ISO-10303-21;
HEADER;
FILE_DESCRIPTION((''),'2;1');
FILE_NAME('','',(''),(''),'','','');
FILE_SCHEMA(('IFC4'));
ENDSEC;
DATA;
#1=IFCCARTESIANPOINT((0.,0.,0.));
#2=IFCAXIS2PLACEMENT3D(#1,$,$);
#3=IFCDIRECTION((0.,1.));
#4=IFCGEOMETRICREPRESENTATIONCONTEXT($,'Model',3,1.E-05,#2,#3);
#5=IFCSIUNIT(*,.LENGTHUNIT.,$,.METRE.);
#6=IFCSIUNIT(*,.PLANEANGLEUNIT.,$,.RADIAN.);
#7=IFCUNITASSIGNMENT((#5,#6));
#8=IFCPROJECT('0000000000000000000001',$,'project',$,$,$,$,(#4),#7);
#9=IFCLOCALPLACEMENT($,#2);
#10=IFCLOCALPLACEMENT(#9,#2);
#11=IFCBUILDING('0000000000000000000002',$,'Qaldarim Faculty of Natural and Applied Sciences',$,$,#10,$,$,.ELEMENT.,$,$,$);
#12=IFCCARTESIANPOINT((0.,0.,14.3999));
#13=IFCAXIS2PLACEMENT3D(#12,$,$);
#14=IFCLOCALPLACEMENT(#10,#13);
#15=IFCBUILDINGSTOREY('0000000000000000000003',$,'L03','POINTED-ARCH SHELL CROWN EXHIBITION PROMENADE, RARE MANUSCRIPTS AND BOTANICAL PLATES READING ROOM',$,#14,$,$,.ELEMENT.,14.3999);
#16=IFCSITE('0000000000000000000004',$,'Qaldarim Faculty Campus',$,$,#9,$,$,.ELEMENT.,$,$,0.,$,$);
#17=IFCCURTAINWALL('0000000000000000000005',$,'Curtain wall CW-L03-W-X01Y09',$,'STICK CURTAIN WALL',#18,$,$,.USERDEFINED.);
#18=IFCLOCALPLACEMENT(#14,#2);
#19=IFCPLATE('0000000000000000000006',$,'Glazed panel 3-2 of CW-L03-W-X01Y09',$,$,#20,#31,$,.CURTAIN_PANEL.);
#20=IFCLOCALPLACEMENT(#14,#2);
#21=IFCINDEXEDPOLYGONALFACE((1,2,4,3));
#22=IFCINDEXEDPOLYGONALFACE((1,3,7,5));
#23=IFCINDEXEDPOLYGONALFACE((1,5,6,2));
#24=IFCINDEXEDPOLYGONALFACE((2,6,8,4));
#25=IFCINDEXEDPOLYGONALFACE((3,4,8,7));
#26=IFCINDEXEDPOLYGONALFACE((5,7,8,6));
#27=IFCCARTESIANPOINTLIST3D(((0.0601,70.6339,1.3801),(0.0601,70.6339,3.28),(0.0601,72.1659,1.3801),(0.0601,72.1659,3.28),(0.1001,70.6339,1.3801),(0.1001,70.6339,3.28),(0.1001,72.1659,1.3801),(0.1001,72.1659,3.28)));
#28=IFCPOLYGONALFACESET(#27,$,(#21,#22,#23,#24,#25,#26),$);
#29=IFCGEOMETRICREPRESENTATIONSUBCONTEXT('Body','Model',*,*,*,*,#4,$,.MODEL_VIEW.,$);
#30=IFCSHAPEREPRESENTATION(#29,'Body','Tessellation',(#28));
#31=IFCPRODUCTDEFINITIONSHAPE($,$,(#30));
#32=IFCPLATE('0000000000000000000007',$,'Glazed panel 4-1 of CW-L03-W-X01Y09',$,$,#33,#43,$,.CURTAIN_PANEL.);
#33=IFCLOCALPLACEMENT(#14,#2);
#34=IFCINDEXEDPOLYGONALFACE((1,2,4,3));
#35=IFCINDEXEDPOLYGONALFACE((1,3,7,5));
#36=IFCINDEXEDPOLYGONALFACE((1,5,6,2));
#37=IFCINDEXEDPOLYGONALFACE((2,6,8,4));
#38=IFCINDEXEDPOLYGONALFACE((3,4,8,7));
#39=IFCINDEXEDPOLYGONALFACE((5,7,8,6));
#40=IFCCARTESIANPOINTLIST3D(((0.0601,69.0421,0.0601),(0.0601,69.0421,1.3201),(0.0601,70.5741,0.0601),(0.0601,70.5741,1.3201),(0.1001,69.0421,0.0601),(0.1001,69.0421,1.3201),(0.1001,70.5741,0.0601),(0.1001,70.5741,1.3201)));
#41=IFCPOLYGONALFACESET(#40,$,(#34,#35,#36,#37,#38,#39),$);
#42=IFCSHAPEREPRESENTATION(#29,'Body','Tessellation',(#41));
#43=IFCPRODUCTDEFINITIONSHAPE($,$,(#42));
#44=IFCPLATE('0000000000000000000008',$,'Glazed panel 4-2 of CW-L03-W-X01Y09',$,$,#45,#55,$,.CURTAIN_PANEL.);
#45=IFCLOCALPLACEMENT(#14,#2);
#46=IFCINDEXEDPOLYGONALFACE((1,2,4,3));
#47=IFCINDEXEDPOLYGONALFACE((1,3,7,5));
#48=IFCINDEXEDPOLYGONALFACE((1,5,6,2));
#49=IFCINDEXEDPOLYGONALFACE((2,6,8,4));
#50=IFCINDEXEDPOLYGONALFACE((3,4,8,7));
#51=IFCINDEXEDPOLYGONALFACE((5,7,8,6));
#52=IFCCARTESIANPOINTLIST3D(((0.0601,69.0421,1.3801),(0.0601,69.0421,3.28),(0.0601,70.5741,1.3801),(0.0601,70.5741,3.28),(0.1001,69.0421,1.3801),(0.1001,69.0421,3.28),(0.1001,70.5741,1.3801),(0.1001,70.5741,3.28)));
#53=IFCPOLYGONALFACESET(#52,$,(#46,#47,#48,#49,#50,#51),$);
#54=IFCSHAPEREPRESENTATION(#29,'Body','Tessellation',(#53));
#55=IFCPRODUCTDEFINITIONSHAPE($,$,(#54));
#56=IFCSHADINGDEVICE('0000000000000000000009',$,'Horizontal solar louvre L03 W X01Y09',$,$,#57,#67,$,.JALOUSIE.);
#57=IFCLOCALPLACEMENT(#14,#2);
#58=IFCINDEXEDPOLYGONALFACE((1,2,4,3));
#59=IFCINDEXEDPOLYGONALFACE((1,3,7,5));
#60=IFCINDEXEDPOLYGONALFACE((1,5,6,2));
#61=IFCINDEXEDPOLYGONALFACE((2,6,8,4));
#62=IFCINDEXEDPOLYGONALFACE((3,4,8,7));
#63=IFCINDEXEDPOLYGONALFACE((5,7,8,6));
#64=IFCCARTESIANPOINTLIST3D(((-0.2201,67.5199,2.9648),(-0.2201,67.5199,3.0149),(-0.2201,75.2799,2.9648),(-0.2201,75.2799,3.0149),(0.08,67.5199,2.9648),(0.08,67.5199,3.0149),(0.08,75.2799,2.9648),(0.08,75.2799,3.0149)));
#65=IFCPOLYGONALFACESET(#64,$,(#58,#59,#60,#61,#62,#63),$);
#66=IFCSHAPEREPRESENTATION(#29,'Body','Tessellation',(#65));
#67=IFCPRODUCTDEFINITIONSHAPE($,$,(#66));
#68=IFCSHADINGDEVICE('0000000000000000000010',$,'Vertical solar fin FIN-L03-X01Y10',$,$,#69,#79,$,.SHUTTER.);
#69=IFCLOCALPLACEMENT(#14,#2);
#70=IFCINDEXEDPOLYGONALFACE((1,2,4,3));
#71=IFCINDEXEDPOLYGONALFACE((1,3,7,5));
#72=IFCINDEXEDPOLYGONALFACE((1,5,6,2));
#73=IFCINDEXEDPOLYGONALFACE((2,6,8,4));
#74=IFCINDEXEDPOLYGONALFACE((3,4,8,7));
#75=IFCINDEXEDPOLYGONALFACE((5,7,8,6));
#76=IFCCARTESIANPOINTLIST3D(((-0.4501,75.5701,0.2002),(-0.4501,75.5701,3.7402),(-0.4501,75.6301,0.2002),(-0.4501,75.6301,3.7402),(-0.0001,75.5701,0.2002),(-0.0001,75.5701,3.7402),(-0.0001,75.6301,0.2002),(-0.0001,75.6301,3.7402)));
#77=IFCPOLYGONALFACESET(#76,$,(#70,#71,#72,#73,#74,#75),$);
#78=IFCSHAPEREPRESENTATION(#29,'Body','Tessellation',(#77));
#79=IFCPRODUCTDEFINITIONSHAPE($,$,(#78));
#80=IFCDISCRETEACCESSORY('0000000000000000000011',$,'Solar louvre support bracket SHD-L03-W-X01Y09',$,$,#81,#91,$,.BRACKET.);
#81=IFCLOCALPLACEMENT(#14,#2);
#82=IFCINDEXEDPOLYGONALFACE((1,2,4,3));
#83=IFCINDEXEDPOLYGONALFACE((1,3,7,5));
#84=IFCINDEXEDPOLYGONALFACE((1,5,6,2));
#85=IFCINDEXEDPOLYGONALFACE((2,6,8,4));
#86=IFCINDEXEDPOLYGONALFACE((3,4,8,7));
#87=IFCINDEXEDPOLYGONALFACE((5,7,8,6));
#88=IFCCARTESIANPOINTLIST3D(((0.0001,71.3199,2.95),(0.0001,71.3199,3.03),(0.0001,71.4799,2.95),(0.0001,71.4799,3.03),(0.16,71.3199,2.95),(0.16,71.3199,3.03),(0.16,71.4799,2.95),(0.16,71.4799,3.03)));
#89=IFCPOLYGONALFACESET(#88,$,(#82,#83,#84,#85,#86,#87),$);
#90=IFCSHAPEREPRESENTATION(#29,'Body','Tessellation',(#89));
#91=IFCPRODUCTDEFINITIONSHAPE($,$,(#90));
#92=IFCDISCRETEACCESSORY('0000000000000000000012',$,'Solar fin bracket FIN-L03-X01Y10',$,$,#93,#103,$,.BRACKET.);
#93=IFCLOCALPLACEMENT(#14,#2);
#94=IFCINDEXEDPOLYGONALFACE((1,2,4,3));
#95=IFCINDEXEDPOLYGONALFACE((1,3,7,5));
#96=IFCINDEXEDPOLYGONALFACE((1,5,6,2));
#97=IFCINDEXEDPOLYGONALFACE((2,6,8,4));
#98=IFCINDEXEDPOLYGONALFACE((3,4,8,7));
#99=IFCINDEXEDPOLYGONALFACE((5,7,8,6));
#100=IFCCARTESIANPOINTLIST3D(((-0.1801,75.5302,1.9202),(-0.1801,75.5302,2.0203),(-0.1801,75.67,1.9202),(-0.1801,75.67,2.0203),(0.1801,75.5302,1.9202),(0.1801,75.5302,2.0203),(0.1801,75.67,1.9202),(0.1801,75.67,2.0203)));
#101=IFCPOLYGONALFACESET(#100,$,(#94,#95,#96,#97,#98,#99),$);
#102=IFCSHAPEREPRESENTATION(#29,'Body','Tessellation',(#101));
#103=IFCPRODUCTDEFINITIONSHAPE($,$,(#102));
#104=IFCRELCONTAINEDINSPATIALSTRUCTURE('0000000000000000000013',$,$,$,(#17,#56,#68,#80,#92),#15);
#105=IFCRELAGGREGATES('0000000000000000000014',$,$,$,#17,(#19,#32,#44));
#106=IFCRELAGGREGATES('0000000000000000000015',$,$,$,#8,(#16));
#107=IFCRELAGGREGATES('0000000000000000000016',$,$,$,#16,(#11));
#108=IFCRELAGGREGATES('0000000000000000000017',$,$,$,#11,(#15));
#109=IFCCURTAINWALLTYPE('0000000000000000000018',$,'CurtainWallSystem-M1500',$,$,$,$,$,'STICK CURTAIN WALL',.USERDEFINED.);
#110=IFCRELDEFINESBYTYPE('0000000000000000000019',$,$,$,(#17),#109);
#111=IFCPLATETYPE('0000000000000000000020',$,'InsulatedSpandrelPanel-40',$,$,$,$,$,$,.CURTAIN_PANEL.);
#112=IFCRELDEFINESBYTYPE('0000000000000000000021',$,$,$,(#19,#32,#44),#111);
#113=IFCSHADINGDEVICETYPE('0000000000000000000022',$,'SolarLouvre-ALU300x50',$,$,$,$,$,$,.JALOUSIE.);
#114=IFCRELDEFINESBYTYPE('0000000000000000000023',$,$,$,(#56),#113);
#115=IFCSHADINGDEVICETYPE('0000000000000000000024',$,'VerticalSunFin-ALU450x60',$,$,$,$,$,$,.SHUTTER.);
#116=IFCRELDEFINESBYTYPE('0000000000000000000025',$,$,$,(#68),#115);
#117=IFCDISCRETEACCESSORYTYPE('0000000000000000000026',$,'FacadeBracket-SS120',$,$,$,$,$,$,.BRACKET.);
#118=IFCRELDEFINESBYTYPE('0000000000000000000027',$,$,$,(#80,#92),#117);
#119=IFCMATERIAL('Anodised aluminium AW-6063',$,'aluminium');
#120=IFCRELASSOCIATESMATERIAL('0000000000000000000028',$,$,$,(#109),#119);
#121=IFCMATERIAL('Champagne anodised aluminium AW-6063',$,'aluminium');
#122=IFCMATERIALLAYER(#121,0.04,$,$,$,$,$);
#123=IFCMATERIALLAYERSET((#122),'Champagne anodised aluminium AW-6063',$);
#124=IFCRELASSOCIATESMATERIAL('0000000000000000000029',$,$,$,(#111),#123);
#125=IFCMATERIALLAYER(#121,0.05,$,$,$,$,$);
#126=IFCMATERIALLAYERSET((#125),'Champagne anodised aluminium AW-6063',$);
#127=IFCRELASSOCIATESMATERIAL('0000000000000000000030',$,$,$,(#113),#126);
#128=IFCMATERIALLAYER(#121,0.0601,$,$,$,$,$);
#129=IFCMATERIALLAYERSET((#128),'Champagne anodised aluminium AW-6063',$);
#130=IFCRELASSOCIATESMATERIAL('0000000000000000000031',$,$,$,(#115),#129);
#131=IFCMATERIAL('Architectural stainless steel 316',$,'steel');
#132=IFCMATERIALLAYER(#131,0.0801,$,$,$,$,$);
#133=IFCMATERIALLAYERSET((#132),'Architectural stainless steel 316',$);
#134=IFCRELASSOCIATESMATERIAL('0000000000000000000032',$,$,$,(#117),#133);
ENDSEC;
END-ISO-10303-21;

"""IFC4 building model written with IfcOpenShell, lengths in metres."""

from ifc_helpers import new_model, si_unit, direction, frame, origin, origin_2d, place, context, subcontext, project, spatial, rectangle, extrude, material, layer, layer_set, type_object, element, aggregate, save


model = new_model("IFC4")

# Units and contexts
model_context = context("Model", 3, precision=1e-05, world=origin(), true_north=direction((0.0, 1.0)))
body_context = subcontext(model_context, "Body", "Model", "MODEL_VIEW")
ifc_project = project(units=[si_unit("LENGTHUNIT", "METRE"), si_unit("PLANEANGLEUNIT", "RADIAN")], contexts=[model_context])

# Site, building, storey
site_placement = place(None, origin())
site = spatial("IfcSite", under=ifc_project, at=site_placement, Name="Qaldarim Faculty Campus", CompositionType="ELEMENT", RefElevation=0.0)
building_placement = place(site_placement, origin())
building = spatial("IfcBuilding", under=site, at=building_placement, Name="Qaldarim Faculty of Natural and Applied Sciences", CompositionType="ELEMENT")
storey_placement = place(building_placement, frame((0.0, 0.0, 14.3999)))
storey = spatial("IfcBuildingStorey", under=building, at=storey_placement, Name="L03", Description="POINTED-ARCH SHELL CROWN EXHIBITION PROMENADE, RARE MANUSCRIPTS AND BOTANICAL PLATES READING ROOM", CompositionType="ELEMENT", Elevation=14.3999)

# Curtain wall
ifc_material_1 = material(Name="Anodised aluminium AW-6063", Category="aluminium")
curtain_wall_type = type_object("IfcCurtainWallType", Name="CurtainWallSystem-M1500", ElementType="STICK CURTAIN WALL", PredefinedType="USERDEFINED", material=ifc_material_1)
curtain_wall_placement = place(storey_placement, origin())
curtain_wall = element("IfcCurtainWall", 1, at=curtain_wall_placement, inside=storey, type_object=curtain_wall_type, Name="Curtain wall CW-L03-W-X01Y09", ObjectType="STICK CURTAIN WALL", PredefinedType="USERDEFINED")

# Plates
ifc_material_2 = material(Name="Champagne anodised aluminium AW-6063", Category="aluminium")
ifc_layer_1 = layer(ifc_material_2, 0.04)
ifc_layer_set_1 = layer_set([ifc_layer_1], Name="Champagne anodised aluminium AW-6063")
plate_type = type_object("IfcPlateType", Name="InsulatedSpandrelPanel-40", PredefinedType="CURTAIN_PANEL", material=ifc_layer_set_1)
plate_1_placement = place(storey_placement, frame((0.0801, 71.3999, 1.3801), z_axis=(0.0, 0.0, 1.0), x_axis=(0.0, -1.0, 0.0)))
plate_1 = element("IfcPlate", 2, at=plate_1_placement, type_object=plate_type, Name="Glazed panel 3-2 of CW-L03-W-X01Y09", PredefinedType="CURTAIN_PANEL", context=body_context, shape_type="SweptSolid", body=[
    extrude(rectangle(XDim=1.532, YDim=0.04, at=origin_2d()), origin(), (0.0, 0.0, 1.0), 1.8999),
])
plate_2_placement = place(storey_placement, frame((0.0801, 69.8081, 0.0601), z_axis=(0.0, 0.0, 1.0), x_axis=(0.0, -1.0, 0.0)))
plate_2 = element("IfcPlate", 3, at=plate_2_placement, type_object=plate_type, Name="Glazed panel 4-1 of CW-L03-W-X01Y09", PredefinedType="CURTAIN_PANEL", context=body_context, shape_type="SweptSolid", body=[
    extrude(rectangle(XDim=1.532, YDim=0.04, at=origin_2d()), origin(), (0.0, 0.0, 1.0), 1.26),
])
plate_3_placement = place(storey_placement, frame((0.0801, 69.8081, 1.3801), z_axis=(0.0, 0.0, 1.0), x_axis=(0.0, -1.0, 0.0)))
plate_3 = element("IfcPlate", 4, at=plate_3_placement, type_object=plate_type, Name="Glazed panel 4-2 of CW-L03-W-X01Y09", PredefinedType="CURTAIN_PANEL", context=body_context, shape_type="SweptSolid", body=[
    extrude(rectangle(XDim=1.532, YDim=0.04, at=origin_2d()), origin(), (0.0, 0.0, 1.0), 1.8999),
])
aggregate(curtain_wall, [plate_1, plate_2, plate_3])

# Shading devices
ifc_layer_2 = layer(ifc_material_2, 0.05)
ifc_layer_set_2 = layer_set([ifc_layer_2], Name="Champagne anodised aluminium AW-6063")
shading_device_type_1 = type_object("IfcShadingDeviceType", Name="SolarLouvre-ALU300x50", PredefinedType="JALOUSIE", material=ifc_layer_set_2)
shading_device_1_placement = place(storey_placement, frame((-0.0701, 71.3999, 2.9648), z_axis=(0.0, 0.0, 1.0), x_axis=(0.0, 1.0, 0.0)))
element("IfcShadingDevice", 5, at=shading_device_1_placement, inside=storey, type_object=shading_device_type_1, Name="Horizontal solar louvre L03 W X01Y09", PredefinedType="JALOUSIE", context=body_context, shape_type="SweptSolid", body=[
    extrude(rectangle(XDim=7.76, YDim=0.3, at=origin_2d()), origin(), (0.0, 0.0, 1.0), 0.05),
])
ifc_layer_3 = layer(ifc_material_2, 0.0601)
ifc_layer_set_3 = layer_set([ifc_layer_3], Name="Champagne anodised aluminium AW-6063")
shading_device_type_2 = type_object("IfcShadingDeviceType", Name="VerticalSunFin-ALU450x60", PredefinedType="SHUTTER", material=ifc_layer_set_3)
shading_device_2_placement = place(storey_placement, frame((-0.2251, 75.6001, 0.2002), z_axis=(0.0, 0.0, 1.0), x_axis=(1.0, 0.0, 0.0)))
element("IfcShadingDevice", 6, at=shading_device_2_placement, inside=storey, type_object=shading_device_type_2, Name="Vertical solar fin FIN-L03-X01Y10", PredefinedType="SHUTTER", context=body_context, shape_type="SweptSolid", body=[
    extrude(rectangle(XDim=0.45, YDim=0.0601, at=origin_2d()), origin(), (0.0, 0.0, 1.0), 3.54),
])

# Discrete accessories
ifc_material_3 = material(Name="Architectural stainless steel 316", Category="steel")
ifc_layer_4 = layer(ifc_material_3, 0.0801)
ifc_layer_set_4 = layer_set([ifc_layer_4], Name="Architectural stainless steel 316")
discrete_accessory_type = type_object("IfcDiscreteAccessoryType", Name="FacadeBracket-SS120", PredefinedType="BRACKET", material=ifc_layer_set_4)
discrete_accessory_1_placement = place(storey_placement, frame((0.0801, 71.3999, 2.95), z_axis=(0.0, 0.0, 1.0), x_axis=(0.0, 1.0, 0.0)))
element("IfcDiscreteAccessory", 7, at=discrete_accessory_1_placement, inside=storey, type_object=discrete_accessory_type, Name="Solar louvre support bracket SHD-L03-W-X01Y09", PredefinedType="BRACKET", context=body_context, shape_type="SweptSolid", body=[
    extrude(rectangle(XDim=0.1599, YDim=0.1599, at=origin_2d()), origin(), (0.0, 0.0, 1.0), 0.0801),
])
discrete_accessory_2_placement = place(storey_placement, frame((0.0, 75.6001, 1.9202), z_axis=(0.0, 0.0, 1.0), x_axis=(1.0, 0.0, 0.0)))
element("IfcDiscreteAccessory", 8, at=discrete_accessory_2_placement, inside=storey, type_object=discrete_accessory_type, Name="Solar fin bracket FIN-L03-X01Y10", PredefinedType="BRACKET", context=body_context, shape_type="SweptSolid", body=[
    extrude(rectangle(XDim=0.3601, YDim=0.1399, at=origin_2d()), origin(), (0.0, 0.0, 1.0), 0.1001),
])

save(model, "model.ifc")
